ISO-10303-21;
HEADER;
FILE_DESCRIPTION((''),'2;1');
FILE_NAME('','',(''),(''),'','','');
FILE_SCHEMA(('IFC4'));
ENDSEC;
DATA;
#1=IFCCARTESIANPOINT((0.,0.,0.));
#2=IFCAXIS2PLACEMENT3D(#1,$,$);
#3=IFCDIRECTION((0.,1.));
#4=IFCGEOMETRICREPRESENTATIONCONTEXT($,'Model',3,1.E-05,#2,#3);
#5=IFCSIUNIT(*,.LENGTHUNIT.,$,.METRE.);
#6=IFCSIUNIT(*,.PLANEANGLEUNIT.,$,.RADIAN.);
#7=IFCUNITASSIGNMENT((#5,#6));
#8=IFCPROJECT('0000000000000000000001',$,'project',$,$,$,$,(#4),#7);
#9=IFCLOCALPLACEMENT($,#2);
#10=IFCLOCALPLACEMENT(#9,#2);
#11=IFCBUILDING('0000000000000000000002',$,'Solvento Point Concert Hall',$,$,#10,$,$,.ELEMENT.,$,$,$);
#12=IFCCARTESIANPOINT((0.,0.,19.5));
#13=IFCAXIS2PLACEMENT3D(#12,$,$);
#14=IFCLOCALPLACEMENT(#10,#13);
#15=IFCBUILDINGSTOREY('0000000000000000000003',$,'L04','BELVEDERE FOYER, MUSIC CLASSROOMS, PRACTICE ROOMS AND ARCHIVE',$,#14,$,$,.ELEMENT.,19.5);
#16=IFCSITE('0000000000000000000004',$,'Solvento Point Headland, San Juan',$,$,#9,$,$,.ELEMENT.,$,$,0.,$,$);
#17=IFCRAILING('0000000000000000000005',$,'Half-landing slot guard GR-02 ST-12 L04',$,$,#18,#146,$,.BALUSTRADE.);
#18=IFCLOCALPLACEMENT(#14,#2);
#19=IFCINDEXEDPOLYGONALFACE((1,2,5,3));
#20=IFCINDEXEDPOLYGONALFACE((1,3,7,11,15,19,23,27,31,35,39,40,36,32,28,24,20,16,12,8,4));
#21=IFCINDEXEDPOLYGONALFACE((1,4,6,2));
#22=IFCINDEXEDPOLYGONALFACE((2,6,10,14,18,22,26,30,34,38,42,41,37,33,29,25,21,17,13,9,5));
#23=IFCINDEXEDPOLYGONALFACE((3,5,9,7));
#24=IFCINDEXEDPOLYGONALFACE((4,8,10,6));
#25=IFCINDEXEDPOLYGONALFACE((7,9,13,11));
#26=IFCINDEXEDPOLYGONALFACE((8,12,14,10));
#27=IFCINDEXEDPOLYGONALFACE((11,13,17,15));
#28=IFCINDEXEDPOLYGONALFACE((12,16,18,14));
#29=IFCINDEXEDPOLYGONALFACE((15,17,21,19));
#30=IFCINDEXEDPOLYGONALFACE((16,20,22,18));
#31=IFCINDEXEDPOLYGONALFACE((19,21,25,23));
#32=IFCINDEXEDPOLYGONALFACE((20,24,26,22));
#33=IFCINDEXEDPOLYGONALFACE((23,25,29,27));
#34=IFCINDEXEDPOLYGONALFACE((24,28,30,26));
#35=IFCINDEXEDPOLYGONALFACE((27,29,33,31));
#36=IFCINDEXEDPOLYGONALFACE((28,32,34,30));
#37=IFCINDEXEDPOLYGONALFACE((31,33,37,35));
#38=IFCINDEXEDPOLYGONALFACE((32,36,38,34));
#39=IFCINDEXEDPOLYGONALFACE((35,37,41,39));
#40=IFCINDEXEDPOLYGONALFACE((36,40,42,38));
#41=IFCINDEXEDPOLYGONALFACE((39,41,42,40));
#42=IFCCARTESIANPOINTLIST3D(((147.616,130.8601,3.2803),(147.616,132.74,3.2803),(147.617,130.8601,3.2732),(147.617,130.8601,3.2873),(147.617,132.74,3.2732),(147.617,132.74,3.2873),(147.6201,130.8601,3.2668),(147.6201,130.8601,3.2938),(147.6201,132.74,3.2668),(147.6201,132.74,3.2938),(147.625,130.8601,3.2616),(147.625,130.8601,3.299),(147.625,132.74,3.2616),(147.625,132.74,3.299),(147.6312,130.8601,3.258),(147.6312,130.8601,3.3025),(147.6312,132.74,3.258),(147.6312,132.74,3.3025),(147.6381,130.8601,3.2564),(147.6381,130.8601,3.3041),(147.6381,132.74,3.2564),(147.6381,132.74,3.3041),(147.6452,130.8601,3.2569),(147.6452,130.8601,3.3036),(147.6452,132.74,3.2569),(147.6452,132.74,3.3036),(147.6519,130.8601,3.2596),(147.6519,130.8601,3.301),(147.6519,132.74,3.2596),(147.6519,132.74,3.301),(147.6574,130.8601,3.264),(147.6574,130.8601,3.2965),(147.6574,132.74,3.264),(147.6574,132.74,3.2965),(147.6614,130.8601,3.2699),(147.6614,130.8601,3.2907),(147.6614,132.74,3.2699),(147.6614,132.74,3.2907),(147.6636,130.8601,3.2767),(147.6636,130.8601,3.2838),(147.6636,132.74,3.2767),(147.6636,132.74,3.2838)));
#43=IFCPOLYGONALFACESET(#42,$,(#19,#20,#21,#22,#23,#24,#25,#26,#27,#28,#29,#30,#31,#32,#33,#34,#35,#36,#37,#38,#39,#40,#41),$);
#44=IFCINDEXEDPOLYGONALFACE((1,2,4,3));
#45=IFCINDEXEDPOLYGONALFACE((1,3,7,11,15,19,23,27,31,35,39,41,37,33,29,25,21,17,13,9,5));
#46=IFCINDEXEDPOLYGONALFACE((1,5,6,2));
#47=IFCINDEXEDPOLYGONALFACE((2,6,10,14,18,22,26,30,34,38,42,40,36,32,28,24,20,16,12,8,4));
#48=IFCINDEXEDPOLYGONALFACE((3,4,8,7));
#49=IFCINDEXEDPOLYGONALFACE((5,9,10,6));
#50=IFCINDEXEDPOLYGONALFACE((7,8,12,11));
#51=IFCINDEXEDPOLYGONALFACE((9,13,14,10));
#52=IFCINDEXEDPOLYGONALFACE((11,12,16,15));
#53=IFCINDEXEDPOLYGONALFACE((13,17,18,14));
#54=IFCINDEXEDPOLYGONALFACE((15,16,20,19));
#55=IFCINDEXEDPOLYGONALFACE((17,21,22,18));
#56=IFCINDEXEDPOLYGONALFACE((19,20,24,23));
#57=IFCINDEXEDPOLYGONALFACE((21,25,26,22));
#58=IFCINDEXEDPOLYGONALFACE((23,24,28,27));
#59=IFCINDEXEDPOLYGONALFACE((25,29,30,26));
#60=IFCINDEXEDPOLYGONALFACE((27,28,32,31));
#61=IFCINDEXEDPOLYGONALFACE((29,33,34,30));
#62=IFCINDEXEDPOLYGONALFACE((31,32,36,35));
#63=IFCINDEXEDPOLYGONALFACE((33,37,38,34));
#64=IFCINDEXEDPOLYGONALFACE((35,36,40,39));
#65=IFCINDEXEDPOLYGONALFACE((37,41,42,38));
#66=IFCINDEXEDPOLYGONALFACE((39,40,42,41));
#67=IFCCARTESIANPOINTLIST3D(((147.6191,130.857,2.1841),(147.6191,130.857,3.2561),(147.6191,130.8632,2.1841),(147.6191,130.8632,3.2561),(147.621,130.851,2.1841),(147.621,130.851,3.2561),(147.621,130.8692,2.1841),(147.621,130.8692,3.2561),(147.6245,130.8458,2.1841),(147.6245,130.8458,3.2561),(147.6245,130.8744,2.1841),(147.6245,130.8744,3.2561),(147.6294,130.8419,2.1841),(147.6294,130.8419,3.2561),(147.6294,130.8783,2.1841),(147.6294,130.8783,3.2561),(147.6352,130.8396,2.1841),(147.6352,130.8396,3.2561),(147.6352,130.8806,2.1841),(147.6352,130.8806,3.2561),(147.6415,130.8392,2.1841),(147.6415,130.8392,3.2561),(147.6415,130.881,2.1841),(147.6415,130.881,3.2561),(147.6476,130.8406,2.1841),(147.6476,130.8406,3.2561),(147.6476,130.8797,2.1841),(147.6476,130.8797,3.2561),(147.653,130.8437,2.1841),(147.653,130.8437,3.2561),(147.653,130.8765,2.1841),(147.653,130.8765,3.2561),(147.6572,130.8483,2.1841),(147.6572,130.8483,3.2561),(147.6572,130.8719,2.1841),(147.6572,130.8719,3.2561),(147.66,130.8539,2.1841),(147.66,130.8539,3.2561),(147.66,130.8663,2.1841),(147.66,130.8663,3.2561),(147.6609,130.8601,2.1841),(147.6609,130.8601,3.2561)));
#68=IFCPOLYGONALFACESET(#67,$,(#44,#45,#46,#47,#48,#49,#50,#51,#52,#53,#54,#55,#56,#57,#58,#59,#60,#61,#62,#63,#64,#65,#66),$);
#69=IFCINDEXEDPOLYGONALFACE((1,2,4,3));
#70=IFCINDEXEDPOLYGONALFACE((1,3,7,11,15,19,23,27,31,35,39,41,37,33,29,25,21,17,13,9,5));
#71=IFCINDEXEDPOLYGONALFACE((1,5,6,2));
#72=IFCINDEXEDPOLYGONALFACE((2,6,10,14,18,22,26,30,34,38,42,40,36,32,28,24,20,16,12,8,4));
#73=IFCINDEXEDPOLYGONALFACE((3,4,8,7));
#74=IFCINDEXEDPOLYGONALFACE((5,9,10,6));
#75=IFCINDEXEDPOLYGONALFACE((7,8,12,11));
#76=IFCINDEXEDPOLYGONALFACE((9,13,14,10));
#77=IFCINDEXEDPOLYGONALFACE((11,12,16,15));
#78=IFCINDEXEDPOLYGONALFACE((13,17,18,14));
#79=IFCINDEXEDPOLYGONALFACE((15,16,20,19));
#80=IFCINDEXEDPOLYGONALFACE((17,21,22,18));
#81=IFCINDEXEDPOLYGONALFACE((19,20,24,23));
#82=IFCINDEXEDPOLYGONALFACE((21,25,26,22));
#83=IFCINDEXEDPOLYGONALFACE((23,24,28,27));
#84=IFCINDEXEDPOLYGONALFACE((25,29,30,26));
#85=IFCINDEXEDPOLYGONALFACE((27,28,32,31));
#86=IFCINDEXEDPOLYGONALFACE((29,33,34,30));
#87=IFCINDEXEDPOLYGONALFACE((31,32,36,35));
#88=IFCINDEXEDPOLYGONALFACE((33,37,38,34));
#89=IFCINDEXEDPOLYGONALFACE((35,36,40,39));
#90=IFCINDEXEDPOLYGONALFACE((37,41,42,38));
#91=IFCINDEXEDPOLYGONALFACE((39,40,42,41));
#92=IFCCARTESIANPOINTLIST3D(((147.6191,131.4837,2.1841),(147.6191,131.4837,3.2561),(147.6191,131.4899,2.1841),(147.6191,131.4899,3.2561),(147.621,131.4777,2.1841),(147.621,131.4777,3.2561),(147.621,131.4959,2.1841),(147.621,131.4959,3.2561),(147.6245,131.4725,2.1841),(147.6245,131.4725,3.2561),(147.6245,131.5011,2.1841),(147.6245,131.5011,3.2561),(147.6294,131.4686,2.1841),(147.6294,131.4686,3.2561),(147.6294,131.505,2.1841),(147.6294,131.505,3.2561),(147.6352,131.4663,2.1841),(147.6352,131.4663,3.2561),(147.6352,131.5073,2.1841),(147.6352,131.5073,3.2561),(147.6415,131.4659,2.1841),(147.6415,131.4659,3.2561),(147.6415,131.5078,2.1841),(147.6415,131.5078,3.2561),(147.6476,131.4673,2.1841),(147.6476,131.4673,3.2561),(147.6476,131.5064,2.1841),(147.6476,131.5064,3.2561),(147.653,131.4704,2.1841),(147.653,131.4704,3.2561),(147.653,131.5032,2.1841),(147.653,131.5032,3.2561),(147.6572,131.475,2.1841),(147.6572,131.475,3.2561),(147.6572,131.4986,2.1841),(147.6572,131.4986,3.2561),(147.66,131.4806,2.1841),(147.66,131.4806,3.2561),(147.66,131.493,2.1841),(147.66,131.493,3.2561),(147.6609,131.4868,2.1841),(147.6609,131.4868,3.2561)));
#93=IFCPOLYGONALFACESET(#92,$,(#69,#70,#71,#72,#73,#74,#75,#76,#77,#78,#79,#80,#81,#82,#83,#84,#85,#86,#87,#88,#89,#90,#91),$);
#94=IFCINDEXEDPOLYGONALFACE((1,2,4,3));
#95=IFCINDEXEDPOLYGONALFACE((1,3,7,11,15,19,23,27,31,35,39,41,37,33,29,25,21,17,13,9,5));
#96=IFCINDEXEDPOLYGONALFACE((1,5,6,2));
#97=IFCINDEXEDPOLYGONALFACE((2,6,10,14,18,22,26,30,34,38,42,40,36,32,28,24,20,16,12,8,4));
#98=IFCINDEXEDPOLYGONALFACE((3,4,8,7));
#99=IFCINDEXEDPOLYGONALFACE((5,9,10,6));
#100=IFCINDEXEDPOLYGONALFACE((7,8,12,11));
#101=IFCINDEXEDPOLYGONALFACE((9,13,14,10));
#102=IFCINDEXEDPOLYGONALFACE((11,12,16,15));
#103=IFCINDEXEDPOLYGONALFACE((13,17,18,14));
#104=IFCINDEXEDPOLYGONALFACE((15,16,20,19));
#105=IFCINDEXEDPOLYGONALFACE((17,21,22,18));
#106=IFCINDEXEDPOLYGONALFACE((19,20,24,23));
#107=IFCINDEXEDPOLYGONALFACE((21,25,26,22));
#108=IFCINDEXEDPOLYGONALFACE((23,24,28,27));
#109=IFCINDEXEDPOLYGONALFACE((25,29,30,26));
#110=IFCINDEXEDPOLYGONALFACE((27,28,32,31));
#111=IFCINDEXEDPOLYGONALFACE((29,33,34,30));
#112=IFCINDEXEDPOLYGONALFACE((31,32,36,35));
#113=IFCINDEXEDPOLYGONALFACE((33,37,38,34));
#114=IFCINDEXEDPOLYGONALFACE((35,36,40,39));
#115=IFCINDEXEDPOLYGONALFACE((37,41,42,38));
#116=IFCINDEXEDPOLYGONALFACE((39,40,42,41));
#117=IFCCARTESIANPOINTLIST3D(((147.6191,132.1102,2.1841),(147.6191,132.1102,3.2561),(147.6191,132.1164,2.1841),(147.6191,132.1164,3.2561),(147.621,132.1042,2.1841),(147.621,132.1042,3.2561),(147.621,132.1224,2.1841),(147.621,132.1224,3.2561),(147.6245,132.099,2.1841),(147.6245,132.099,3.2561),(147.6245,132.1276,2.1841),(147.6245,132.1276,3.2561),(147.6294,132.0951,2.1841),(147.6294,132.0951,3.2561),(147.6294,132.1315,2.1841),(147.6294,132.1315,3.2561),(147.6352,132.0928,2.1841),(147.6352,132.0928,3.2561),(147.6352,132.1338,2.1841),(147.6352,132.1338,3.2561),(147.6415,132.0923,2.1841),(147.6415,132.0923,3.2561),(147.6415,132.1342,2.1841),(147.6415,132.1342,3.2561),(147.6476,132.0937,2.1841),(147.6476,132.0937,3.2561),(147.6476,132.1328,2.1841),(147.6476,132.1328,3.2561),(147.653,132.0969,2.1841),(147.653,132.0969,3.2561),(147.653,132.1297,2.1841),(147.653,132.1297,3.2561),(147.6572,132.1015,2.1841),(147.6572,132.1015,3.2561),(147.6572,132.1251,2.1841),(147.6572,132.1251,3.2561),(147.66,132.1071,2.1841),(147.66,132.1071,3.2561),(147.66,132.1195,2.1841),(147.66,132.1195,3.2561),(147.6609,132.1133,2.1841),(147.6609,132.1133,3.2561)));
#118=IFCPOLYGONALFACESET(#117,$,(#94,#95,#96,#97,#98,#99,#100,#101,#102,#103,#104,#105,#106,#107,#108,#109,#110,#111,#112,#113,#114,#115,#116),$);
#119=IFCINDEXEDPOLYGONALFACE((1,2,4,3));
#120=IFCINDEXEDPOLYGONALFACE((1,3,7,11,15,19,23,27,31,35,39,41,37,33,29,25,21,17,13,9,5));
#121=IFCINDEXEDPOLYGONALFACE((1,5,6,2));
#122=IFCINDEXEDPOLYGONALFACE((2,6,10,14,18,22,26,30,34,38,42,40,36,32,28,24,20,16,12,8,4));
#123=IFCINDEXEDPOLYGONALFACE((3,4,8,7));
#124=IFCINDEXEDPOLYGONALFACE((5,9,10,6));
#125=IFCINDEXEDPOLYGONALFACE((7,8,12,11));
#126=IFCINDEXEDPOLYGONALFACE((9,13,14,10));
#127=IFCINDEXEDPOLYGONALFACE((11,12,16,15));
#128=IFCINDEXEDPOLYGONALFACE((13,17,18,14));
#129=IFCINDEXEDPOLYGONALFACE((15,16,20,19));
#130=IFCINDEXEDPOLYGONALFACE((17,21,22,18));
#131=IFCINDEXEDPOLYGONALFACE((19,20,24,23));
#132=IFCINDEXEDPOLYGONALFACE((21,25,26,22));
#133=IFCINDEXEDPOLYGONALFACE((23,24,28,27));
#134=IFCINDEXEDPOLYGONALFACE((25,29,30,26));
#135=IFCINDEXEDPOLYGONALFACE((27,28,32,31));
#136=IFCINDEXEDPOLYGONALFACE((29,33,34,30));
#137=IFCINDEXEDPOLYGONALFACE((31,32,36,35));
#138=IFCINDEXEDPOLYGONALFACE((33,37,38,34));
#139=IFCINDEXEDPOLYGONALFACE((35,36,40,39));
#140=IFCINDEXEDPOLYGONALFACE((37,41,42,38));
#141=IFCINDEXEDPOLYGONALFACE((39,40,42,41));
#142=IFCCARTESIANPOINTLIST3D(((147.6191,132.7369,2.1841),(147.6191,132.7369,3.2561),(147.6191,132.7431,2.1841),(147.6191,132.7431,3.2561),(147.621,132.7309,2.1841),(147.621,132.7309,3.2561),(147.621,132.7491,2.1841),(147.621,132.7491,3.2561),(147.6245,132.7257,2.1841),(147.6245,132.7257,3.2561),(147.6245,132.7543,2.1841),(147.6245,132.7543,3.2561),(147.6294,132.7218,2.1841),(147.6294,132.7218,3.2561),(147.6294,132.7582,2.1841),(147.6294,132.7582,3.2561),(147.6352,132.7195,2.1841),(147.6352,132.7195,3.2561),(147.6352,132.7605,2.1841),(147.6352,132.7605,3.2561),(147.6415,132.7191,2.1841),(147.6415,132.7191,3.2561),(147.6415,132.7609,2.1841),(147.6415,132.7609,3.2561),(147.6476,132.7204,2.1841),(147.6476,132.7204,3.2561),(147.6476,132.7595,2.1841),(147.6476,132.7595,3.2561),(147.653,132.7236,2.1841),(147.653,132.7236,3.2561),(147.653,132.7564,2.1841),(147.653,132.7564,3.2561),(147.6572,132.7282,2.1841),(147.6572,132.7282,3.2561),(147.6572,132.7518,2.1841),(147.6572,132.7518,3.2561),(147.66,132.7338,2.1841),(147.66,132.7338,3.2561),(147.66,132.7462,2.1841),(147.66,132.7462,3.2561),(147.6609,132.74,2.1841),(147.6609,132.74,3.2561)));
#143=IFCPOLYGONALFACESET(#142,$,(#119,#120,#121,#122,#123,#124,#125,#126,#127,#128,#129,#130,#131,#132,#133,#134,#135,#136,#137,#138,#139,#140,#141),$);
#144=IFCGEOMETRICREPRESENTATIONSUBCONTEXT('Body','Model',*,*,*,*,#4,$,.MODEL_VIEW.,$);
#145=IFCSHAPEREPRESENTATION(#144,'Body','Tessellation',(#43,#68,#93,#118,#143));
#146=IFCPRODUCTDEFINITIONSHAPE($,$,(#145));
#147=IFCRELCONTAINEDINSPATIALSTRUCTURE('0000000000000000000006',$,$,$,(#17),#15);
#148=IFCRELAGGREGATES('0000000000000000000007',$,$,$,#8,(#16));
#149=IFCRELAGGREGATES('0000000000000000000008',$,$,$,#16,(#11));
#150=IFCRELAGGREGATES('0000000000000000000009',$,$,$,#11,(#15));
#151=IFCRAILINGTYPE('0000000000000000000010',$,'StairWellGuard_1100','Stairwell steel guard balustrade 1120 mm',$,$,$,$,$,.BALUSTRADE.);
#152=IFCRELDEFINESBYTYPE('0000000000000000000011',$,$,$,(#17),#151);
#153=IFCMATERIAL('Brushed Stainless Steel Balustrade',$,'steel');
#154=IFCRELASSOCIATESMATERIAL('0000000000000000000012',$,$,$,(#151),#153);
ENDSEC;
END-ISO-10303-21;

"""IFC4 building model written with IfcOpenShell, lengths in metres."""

from ifc_helpers import new_model, si_unit, direction, frame, origin, origin_2d, place, context, subcontext, project, spatial, circle, extrude, material, type_object, element, save


model = new_model("IFC4")

# Units and contexts
model_context = context("Model", 3, precision=1e-05, world=origin(), true_north=direction((0.0, 1.0)))
body_context = subcontext(model_context, "Body", "Model", "MODEL_VIEW")
ifc_project = project(units=[si_unit("LENGTHUNIT", "METRE"), si_unit("PLANEANGLEUNIT", "RADIAN")], contexts=[model_context])

# Site, building, storey
site_placement = place(None, origin())
site = spatial("IfcSite", under=ifc_project, at=site_placement, Name="Solvento Point Headland, San Juan", CompositionType="ELEMENT", RefElevation=0.0)
building_placement = place(site_placement, origin())
building = spatial("IfcBuilding", under=site, at=building_placement, Name="Solvento Point Concert Hall", CompositionType="ELEMENT")
storey_placement = place(building_placement, frame((0.0, 0.0, 19.5)))
storey = spatial("IfcBuildingStorey", under=building, at=storey_placement, Name="L04", Description="BELVEDERE FOYER, MUSIC CLASSROOMS, PRACTICE ROOMS AND ARCHIVE", CompositionType="ELEMENT", Elevation=19.5)

# Railing
ifc_material_1 = material(Name="Brushed Stainless Steel Balustrade", Category="steel")
railing_type_1 = type_object("IfcRailingType", Name="StairWellGuard_1100", Description="Stairwell steel guard balustrade 1120 mm", PredefinedType="BALUSTRADE", material=ifc_material_1)
railing_1_placement = place(storey_placement, frame((147.6399, 130.8601, 2.1841)))
element("IfcRailing", 1, at=railing_1_placement, inside=storey, type_object=railing_type_1, Name="Half-landing slot guard GR-02 ST-12 L04", PredefinedType="BALUSTRADE", context=body_context, shape_type="SweptSolid", body=[
    extrude(circle(Radius=0.0239, at=origin_2d()), frame((0.0, 0.0, 1.0962), z_axis=(0.0, 1.0, 0.0), x_axis=(-1.0, 0.0, 0.0)), (0.0, 0.0, 1.0), 1.8799),
    extrude(circle(Radius=0.021, at=origin_2d()), origin(), (0.0, 0.0, 1.0), 1.072),
    extrude(circle(Radius=0.021, at=origin_2d()), frame((0.0, 0.6267, 0.0)), (0.0, 0.0, 1.0), 1.072),
    extrude(circle(Radius=0.021, at=origin_2d()), frame((0.0, 1.2532, 0.0)), (0.0, 0.0, 1.0), 1.072),
    extrude(circle(Radius=0.021, at=origin_2d()), frame((0.0, 1.8799, 0.0)), (0.0, 0.0, 1.0), 1.072),
])

save(model, "model.ifc")
